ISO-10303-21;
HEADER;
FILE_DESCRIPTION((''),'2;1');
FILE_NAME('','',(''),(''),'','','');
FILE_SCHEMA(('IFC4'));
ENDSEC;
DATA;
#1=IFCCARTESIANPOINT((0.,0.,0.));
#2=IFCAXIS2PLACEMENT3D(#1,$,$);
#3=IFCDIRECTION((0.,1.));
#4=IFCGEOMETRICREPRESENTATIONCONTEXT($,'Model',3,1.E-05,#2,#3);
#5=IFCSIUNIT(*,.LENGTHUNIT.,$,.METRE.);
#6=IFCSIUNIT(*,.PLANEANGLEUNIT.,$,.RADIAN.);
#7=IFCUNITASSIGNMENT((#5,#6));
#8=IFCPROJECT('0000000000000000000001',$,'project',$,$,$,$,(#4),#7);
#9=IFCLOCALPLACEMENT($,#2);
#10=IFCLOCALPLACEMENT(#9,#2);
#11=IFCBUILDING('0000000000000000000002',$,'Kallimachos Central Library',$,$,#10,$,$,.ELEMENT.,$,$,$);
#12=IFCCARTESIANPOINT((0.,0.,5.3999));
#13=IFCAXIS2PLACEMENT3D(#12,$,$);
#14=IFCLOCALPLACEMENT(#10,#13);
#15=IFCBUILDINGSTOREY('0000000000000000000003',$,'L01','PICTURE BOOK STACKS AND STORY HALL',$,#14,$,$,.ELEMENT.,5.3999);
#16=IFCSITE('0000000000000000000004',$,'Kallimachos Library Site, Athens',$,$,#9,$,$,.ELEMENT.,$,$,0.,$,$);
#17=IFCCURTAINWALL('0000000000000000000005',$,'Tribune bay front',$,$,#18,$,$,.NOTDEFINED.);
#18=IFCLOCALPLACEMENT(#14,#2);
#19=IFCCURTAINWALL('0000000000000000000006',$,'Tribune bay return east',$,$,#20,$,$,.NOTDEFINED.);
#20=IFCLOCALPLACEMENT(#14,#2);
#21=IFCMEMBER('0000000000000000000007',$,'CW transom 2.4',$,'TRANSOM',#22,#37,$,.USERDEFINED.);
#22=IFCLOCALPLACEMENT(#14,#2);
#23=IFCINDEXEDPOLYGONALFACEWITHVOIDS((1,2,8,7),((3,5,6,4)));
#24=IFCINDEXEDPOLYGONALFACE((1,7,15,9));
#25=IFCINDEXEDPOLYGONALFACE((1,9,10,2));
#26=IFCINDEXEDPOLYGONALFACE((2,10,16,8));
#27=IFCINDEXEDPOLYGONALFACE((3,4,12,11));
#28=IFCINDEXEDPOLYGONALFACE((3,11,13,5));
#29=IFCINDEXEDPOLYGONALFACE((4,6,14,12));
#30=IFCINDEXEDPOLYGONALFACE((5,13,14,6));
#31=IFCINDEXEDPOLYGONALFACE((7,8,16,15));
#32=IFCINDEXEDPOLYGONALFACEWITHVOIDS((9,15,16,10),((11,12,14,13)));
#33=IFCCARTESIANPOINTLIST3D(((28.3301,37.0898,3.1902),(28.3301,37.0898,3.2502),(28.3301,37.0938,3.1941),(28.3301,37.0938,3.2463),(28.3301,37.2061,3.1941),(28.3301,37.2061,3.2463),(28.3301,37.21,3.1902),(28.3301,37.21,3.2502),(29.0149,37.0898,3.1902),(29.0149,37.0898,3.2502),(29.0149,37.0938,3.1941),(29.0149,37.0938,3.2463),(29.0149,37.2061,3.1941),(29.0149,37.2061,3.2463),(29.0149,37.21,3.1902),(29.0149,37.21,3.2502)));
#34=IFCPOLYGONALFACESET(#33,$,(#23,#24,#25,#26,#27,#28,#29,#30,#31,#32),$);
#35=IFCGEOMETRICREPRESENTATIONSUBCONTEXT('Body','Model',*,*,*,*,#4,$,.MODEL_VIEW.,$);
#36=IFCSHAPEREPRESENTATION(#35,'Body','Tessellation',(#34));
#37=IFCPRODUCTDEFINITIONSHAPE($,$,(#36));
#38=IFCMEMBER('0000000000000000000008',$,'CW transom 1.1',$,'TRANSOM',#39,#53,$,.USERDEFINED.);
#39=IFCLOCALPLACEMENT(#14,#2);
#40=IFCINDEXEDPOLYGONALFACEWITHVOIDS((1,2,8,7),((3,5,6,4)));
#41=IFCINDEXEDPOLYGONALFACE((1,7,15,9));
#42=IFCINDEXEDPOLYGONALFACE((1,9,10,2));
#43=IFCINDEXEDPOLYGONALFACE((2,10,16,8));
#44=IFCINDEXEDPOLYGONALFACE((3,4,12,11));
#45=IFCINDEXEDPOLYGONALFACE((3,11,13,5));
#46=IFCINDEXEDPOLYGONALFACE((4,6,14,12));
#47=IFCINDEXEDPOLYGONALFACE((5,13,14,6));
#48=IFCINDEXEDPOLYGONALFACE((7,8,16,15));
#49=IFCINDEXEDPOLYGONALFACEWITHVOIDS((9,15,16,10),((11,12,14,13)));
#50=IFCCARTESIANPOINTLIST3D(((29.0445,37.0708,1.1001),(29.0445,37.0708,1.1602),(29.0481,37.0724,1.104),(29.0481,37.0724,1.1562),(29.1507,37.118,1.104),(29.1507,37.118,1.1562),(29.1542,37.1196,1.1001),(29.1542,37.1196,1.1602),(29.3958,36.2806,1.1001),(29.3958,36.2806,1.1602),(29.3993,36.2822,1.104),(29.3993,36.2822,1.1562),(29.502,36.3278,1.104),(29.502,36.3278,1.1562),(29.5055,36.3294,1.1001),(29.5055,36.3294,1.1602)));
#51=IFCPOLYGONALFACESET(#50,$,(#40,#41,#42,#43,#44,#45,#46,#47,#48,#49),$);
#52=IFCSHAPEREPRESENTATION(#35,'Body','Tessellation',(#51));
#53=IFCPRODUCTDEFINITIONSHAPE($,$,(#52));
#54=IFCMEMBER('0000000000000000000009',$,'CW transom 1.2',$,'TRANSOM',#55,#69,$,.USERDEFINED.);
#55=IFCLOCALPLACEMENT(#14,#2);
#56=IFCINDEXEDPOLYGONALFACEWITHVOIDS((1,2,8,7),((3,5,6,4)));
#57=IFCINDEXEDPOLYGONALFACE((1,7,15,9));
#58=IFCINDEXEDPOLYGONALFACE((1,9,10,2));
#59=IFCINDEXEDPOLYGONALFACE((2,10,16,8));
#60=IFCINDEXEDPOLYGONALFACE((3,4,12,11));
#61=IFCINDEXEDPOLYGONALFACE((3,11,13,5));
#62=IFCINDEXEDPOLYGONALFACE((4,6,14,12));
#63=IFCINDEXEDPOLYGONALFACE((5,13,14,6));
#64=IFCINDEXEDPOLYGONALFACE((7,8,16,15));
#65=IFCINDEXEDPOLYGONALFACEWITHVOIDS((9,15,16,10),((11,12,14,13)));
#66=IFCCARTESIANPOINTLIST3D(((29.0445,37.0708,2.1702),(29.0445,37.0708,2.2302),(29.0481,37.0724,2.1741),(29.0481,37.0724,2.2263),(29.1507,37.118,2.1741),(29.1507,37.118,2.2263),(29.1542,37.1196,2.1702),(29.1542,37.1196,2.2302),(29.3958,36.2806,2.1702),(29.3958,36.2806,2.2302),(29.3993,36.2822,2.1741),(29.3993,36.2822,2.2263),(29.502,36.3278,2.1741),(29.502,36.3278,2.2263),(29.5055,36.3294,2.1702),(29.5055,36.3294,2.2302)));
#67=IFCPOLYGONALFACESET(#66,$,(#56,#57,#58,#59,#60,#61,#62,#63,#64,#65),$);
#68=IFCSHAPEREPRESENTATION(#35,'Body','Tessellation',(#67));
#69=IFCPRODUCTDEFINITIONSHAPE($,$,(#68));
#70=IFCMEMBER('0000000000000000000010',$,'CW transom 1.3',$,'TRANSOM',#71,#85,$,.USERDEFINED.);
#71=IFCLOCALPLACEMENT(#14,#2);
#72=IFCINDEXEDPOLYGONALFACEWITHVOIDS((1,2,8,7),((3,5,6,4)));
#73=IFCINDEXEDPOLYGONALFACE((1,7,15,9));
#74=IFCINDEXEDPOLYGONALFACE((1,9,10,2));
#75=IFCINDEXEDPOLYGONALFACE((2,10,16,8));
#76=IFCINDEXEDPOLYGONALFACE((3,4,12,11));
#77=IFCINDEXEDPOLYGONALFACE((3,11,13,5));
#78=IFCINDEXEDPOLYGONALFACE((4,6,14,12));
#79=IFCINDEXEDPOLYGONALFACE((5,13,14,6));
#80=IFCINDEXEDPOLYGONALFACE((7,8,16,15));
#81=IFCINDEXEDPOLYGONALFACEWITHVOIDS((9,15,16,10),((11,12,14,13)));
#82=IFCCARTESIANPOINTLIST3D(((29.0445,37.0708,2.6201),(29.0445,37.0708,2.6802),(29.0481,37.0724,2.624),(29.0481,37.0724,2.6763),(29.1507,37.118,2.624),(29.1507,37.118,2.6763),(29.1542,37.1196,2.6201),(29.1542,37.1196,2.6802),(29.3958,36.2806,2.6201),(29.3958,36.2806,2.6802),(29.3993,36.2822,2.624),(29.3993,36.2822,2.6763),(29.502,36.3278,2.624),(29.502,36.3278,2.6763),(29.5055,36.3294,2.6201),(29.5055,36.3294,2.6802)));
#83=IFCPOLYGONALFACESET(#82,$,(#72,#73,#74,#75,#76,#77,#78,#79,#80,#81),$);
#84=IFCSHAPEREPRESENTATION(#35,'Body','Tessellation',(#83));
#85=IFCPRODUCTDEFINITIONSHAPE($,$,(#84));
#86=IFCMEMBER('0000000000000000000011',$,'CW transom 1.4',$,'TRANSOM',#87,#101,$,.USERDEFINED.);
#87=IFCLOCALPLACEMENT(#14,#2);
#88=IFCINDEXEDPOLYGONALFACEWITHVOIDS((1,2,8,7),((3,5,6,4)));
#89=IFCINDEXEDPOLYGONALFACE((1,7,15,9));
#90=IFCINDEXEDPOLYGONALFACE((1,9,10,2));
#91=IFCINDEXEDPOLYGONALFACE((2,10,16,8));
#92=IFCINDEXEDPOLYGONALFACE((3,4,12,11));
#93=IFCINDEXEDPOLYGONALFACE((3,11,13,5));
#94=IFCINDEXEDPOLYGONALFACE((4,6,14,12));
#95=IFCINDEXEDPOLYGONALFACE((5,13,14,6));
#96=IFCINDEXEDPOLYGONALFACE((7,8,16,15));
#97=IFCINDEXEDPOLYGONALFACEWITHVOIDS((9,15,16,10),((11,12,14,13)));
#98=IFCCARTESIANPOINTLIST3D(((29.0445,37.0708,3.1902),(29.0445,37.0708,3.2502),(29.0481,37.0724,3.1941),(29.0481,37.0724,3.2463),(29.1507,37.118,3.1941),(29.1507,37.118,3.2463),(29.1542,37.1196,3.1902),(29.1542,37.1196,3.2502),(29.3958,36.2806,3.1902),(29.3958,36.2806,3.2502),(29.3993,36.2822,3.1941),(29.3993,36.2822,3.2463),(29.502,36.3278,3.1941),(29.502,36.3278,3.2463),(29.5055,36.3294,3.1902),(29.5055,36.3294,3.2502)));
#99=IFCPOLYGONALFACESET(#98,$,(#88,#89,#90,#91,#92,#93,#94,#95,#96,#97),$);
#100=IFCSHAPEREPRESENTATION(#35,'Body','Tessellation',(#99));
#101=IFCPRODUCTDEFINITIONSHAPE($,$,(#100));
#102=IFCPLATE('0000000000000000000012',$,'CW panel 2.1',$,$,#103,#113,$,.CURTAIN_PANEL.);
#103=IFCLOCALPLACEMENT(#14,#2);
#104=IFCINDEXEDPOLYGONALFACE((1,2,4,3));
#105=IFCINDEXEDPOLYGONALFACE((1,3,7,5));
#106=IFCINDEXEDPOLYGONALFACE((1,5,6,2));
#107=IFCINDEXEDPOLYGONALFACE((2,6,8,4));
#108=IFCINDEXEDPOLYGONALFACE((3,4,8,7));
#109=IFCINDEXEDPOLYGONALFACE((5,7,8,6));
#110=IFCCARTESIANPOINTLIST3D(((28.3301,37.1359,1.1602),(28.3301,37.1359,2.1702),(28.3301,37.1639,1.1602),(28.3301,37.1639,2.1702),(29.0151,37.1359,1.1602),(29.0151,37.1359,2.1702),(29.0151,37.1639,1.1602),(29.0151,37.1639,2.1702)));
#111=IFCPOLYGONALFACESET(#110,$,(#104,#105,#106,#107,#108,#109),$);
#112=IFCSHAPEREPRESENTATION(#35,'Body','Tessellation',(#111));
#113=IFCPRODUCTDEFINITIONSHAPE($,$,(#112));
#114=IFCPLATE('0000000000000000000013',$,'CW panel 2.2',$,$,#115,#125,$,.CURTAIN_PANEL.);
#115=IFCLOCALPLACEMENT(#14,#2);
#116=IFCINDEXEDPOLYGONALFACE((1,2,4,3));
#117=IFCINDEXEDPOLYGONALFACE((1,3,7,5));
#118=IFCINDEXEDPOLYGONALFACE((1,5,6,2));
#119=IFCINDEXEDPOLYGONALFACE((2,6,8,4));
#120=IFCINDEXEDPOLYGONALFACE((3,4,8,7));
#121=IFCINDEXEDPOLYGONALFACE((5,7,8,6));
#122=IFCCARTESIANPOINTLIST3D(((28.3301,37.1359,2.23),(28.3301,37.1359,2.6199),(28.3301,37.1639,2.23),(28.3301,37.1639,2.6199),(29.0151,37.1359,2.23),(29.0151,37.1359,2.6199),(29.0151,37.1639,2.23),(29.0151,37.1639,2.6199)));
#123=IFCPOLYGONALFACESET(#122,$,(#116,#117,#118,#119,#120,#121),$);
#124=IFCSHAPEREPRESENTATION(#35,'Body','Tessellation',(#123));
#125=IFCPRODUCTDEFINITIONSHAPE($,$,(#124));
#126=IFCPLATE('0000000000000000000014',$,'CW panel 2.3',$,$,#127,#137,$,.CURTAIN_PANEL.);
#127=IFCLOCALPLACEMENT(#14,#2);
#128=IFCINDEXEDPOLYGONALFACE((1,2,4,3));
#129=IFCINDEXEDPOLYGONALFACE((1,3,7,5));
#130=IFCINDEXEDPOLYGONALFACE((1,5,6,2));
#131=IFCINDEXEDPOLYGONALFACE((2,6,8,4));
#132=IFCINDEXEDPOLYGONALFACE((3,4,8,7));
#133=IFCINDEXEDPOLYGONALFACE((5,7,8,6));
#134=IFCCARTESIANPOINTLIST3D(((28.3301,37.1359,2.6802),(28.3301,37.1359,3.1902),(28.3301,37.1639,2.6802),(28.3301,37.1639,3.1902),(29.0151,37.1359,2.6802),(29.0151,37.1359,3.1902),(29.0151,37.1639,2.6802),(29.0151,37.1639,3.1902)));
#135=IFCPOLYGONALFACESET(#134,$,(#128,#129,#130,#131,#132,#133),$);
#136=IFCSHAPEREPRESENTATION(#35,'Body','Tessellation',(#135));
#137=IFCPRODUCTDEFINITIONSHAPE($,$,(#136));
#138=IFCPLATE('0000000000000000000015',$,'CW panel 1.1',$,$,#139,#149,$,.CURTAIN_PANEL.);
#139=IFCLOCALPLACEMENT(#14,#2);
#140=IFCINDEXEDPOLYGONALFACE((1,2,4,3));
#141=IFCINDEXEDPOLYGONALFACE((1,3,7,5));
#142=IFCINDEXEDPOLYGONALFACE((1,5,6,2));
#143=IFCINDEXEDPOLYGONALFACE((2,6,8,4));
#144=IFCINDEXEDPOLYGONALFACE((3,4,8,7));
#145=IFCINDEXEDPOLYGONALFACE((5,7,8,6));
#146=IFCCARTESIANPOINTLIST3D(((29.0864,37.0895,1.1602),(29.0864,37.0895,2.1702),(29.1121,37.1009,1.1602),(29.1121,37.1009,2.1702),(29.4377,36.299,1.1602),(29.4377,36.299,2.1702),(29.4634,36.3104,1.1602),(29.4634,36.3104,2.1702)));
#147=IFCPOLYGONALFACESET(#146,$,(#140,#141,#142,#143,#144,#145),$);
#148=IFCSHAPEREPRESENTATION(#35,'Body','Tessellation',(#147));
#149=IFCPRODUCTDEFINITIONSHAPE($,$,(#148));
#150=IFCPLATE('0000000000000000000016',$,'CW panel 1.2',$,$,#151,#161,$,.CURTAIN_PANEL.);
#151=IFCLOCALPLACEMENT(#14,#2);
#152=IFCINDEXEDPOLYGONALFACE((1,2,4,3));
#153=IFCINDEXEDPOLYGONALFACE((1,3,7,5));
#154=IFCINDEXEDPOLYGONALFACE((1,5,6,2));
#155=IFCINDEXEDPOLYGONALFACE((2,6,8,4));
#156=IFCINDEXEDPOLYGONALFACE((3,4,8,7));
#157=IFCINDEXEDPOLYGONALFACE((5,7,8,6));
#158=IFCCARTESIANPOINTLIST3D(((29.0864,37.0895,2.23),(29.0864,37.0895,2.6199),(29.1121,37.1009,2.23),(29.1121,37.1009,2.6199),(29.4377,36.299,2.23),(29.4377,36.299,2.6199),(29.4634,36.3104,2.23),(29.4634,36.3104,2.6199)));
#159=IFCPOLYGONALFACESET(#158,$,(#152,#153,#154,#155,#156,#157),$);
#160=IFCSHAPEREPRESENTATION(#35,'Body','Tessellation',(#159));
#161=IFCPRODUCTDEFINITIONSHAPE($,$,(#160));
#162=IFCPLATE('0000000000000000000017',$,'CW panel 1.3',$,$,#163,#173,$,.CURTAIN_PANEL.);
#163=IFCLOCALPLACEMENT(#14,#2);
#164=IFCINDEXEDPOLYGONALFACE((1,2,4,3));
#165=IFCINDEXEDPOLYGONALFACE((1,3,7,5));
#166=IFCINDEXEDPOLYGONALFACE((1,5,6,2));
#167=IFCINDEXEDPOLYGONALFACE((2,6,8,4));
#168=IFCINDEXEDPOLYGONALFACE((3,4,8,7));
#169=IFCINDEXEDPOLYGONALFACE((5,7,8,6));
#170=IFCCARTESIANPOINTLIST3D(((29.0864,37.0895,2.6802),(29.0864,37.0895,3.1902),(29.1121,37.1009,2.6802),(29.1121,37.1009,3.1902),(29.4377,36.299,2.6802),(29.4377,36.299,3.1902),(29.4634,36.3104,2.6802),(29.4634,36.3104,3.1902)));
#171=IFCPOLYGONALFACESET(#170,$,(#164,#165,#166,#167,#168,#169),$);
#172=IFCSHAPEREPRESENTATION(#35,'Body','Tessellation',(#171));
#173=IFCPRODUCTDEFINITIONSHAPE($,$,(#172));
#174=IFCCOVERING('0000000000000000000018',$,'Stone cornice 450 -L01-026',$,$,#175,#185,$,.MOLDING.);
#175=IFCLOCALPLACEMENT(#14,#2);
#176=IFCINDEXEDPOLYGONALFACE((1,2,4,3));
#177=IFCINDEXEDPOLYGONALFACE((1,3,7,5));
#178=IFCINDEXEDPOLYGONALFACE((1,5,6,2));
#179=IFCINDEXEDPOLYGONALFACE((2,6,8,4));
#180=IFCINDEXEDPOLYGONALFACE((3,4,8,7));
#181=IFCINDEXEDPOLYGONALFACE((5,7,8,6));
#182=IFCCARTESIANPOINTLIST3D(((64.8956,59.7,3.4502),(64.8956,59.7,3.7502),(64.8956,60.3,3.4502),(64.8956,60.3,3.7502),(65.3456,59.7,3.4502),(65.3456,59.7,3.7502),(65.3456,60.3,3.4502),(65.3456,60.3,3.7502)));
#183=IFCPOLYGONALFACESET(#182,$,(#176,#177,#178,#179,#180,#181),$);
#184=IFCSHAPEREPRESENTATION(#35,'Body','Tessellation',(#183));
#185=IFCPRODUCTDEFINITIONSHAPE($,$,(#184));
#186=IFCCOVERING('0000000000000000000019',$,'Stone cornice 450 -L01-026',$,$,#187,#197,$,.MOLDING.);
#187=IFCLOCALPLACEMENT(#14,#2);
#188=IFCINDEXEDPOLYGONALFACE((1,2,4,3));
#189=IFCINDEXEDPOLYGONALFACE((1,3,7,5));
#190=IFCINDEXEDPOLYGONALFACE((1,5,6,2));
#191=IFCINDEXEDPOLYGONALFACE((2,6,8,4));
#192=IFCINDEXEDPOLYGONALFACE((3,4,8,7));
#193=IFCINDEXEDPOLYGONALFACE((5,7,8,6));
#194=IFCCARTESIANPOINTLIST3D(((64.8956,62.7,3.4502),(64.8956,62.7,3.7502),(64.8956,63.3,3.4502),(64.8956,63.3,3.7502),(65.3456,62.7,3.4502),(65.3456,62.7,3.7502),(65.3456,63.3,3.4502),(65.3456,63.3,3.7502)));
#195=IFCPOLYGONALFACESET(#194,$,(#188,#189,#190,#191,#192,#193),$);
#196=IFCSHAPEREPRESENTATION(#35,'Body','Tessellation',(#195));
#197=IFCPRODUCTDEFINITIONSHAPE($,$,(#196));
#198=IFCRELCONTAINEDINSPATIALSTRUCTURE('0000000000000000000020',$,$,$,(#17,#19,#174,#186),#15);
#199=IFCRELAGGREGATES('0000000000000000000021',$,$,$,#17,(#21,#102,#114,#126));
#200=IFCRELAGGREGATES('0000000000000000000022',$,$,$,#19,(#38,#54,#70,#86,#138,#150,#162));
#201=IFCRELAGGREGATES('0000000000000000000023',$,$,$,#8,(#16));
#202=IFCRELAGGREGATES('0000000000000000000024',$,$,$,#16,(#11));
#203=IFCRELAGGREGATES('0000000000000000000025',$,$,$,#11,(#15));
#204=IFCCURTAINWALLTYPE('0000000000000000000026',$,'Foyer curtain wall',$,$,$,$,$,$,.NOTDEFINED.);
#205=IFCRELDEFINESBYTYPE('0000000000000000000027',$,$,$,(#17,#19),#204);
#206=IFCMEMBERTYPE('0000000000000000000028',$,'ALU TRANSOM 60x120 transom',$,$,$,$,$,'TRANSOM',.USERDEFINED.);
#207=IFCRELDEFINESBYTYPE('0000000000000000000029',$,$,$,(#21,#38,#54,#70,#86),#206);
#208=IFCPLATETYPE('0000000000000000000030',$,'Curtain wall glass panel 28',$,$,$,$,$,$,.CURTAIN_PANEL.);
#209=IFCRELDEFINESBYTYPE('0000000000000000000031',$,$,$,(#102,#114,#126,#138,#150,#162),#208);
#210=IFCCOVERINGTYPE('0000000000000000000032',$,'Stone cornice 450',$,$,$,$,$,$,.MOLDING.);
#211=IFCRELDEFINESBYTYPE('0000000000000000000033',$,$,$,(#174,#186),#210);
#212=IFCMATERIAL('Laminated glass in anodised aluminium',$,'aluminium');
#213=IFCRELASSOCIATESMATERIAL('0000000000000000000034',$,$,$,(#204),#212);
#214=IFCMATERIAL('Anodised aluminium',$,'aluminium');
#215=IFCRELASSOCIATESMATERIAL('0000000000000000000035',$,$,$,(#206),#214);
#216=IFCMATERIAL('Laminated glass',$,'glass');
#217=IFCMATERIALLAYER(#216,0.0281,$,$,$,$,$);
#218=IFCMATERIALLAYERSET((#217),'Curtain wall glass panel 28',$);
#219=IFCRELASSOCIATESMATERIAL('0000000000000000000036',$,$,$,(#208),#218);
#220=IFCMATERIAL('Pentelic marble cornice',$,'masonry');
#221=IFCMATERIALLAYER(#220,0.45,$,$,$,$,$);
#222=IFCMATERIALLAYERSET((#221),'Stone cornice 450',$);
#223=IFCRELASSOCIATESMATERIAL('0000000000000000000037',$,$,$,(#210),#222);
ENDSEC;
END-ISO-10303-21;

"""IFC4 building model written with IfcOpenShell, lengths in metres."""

from ifc_helpers import new_model, si_unit, direction, frame, origin, origin_2d, place, context, subcontext, project, spatial, rectangle, hollow_rectangle, extrude, material, layer, layer_set, material_profile, profile_set, type_object, element, aggregate, save


model = new_model("IFC4")

# Units and contexts
model_context = context("Model", 3, precision=1e-05, world=origin(), true_north=direction((0.0, 1.0)))
body_context = subcontext(model_context, "Body", "Model", "MODEL_VIEW")
ifc_project = project(units=[si_unit("LENGTHUNIT", "METRE"), si_unit("PLANEANGLEUNIT", "RADIAN")], contexts=[model_context])

# Site, building, storey
site_placement = place(None, origin())
site = spatial("IfcSite", under=ifc_project, at=site_placement, Name="Kallimachos Library Site, Athens", CompositionType="ELEMENT", RefElevation=0.0)
building_placement = place(site_placement, origin())
building = spatial("IfcBuilding", under=site, at=building_placement, Name="Kallimachos Central Library", CompositionType="ELEMENT")
storey_placement = place(building_placement, frame((0.0, 0.0, 5.3999)))
storey = spatial("IfcBuildingStorey", under=building, at=storey_placement, Name="L01", Description="PICTURE BOOK STACKS AND STORY HALL", CompositionType="ELEMENT", Elevation=5.3999)

# Curtain wall
ifc_material_1 = material(Name="Laminated glass in anodised aluminium", Category="aluminium")
curtain_wall_type = type_object("IfcCurtainWallType", Name="Foyer curtain wall", PredefinedType="NOTDEFINED", material=ifc_material_1)
curtain_wall_1_placement = place(storey_placement, origin())
curtain_wall_1 = element("IfcCurtainWall", 1, at=curtain_wall_1_placement, inside=storey, type_object=curtain_wall_type, Name="Tribune bay front", PredefinedType="NOTDEFINED")

# Curtain wall
curtain_wall_2_placement = place(storey_placement, origin())
curtain_wall_2 = element("IfcCurtainWall", 2, at=curtain_wall_2_placement, inside=storey, type_object=curtain_wall_type, Name="Tribune bay return east", PredefinedType="NOTDEFINED")

# Members
ifc_material_2 = material(Name="Anodised aluminium", Category="aluminium")
ifc_material_profile_1 = material_profile(ifc_material_2, hollow_rectangle(XDim=0.0601, YDim=0.1201, WallThickness=0.0039, at=origin_2d()), Name="ALU TRANSOM 60x120")
ifc_profile_set_1 = profile_set([ifc_material_profile_1], Name="Anodised aluminium")
member_type_1 = type_object("IfcMemberType", Name="ALU TRANSOM 60x120 transom", ElementType="TRANSOM", PredefinedType="USERDEFINED", material=ifc_profile_set_1)
member_1_placement = place(storey_placement, frame((28.3301, 37.1499, 3.2202), z_axis=(1.0, 0.0, 0.0), x_axis=(0.0, 0.0, 1.0)))
member_1 = element("IfcMember", 3, at=member_1_placement, type_object=member_type_1, Name="CW transom 2.4", ObjectType="TRANSOM", PredefinedType="USERDEFINED", context=body_context, shape_type="SweptSolid", body=[
    extrude(hollow_rectangle(XDim=0.0601, YDim=0.1201, WallThickness=0.0039, at=origin_2d()), origin(), (0.0, 0.0, 1.0), 0.6848),
])
member_2_placement = place(storey_placement, frame((29.0994, 37.0952, 1.1301), z_axis=(0.406217, -0.913777, 0.0), x_axis=(0.0, 0.0, 1.0)))
member_2 = element("IfcMember", 4, at=member_2_placement, type_object=member_type_1, Name="CW transom 1.1", ObjectType="TRANSOM", PredefinedType="USERDEFINED", context=body_context, shape_type="SweptSolid", body=[
    extrude(hollow_rectangle(XDim=0.0601, YDim=0.1201, WallThickness=0.0039, at=origin_2d()), origin(), (0.0, 0.0, 1.0), 0.8647),
])
member_3_placement = place(storey_placement, frame((29.0994, 37.0952, 2.2002), z_axis=(0.406217, -0.913777, 0.0), x_axis=(0.0, 0.0, 1.0)))
member_3 = element("IfcMember", 5, at=member_3_placement, type_object=member_type_1, Name="CW transom 1.2", ObjectType="TRANSOM", PredefinedType="USERDEFINED", context=body_context, shape_type="SweptSolid", body=[
    extrude(hollow_rectangle(XDim=0.0601, YDim=0.1201, WallThickness=0.0039, at=origin_2d()), origin(), (0.0, 0.0, 1.0), 0.8647),
])
member_4_placement = place(storey_placement, frame((29.0994, 37.0952, 2.6501), z_axis=(0.406217, -0.913777, 0.0), x_axis=(0.0, 0.0, 1.0)))
member_4 = element("IfcMember", 6, at=member_4_placement, type_object=member_type_1, Name="CW transom 1.3", ObjectType="TRANSOM", PredefinedType="USERDEFINED", context=body_context, shape_type="SweptSolid", body=[
    extrude(hollow_rectangle(XDim=0.0601, YDim=0.1201, WallThickness=0.0039, at=origin_2d()), origin(), (0.0, 0.0, 1.0), 0.8647),
])
member_5_placement = place(storey_placement, frame((29.0994, 37.0952, 3.2202), z_axis=(0.406217, -0.913777, 0.0), x_axis=(0.0, 0.0, 1.0)))
member_5 = element("IfcMember", 7, at=member_5_placement, type_object=member_type_1, Name="CW transom 1.4", ObjectType="TRANSOM", PredefinedType="USERDEFINED", context=body_context, shape_type="SweptSolid", body=[
    extrude(hollow_rectangle(XDim=0.0601, YDim=0.1201, WallThickness=0.0039, at=origin_2d()), origin(), (0.0, 0.0, 1.0), 0.8647),
])

# Plates
ifc_material_3 = material(Name="Laminated glass", Category="glass")
ifc_layer_1 = layer(ifc_material_3, 0.0281)
ifc_layer_set_1 = layer_set([ifc_layer_1], Name="Curtain wall glass panel 28")
plate_type = type_object("IfcPlateType", Name="Curtain wall glass panel 28", PredefinedType="CURTAIN_PANEL", material=ifc_layer_set_1)
plate_1_placement = place(storey_placement, frame((28.6726, 37.1499, 1.1602), z_axis=(0.0, 0.0, 1.0), x_axis=(1.0, 0.0, 0.0)))
plate_1 = element("IfcPlate", 8, at=plate_1_placement, type_object=plate_type, Name="CW panel 2.1", PredefinedType="CURTAIN_PANEL", context=body_context, shape_type="SweptSolid", body=[
    extrude(rectangle(XDim=0.6851, YDim=0.0281, at=origin_2d()), origin(), (0.0, 0.0, 1.0), 1.01),
])
plate_2_placement = place(storey_placement, frame((28.6726, 37.1499, 2.23), z_axis=(0.0, 0.0, 1.0), x_axis=(1.0, 0.0, 0.0)))
plate_2 = element("IfcPlate", 9, at=plate_2_placement, type_object=plate_type, Name="CW panel 2.2", PredefinedType="CURTAIN_PANEL", context=body_context, shape_type="SweptSolid", body=[
    extrude(rectangle(XDim=0.6851, YDim=0.0281, at=origin_2d()), origin(), (0.0, 0.0, 1.0), 0.3899),
])
plate_3_placement = place(storey_placement, frame((28.6726, 37.1499, 2.6802), z_axis=(0.0, 0.0, 1.0), x_axis=(1.0, 0.0, 0.0)))
plate_3 = element("IfcPlate", 10, at=plate_3_placement, type_object=plate_type, Name="CW panel 2.3", PredefinedType="CURTAIN_PANEL", context=body_context, shape_type="SweptSolid", body=[
    extrude(rectangle(XDim=0.6851, YDim=0.0281, at=origin_2d()), origin(), (0.0, 0.0, 1.0), 0.51),
])
aggregate(curtain_wall_1, [member_1, plate_1, plate_2, plate_3])
plate_4_placement = place(storey_placement, frame((29.2749, 36.7, 1.1602), z_axis=(0.0, 0.0, 1.0), x_axis=(0.406138, -0.913812, 0.0)))
plate_4 = element("IfcPlate", 11, at=plate_4_placement, type_object=plate_type, Name="CW panel 1.1", PredefinedType="CURTAIN_PANEL", context=body_context, shape_type="SweptSolid", body=[
    extrude(rectangle(XDim=0.865, YDim=0.0281, at=origin_2d()), origin(), (0.0, 0.0, 1.0), 1.01),
])
plate_5_placement = place(storey_placement, frame((29.2749, 36.7, 2.23), z_axis=(0.0, 0.0, 1.0), x_axis=(0.406138, -0.913812, 0.0)))
plate_5 = element("IfcPlate", 12, at=plate_5_placement, type_object=plate_type, Name="CW panel 1.2", PredefinedType="CURTAIN_PANEL", context=body_context, shape_type="SweptSolid", body=[
    extrude(rectangle(XDim=0.865, YDim=0.0281, at=origin_2d()), origin(), (0.0, 0.0, 1.0), 0.3899),
])
plate_6_placement = place(storey_placement, frame((29.2749, 36.7, 2.6802), z_axis=(0.0, 0.0, 1.0), x_axis=(0.406138, -0.913812, 0.0)))
plate_6 = element("IfcPlate", 13, at=plate_6_placement, type_object=plate_type, Name="CW panel 1.3", PredefinedType="CURTAIN_PANEL", context=body_context, shape_type="SweptSolid", body=[
    extrude(rectangle(XDim=0.865, YDim=0.0281, at=origin_2d()), origin(), (0.0, 0.0, 1.0), 0.51),
])
aggregate(curtain_wall_2, [member_2, member_3, member_4, member_5, plate_4, plate_5, plate_6])

# Coverings
ifc_material_4 = material(Name="Pentelic marble cornice", Category="masonry")
ifc_layer_2 = layer(ifc_material_4, 0.45)
ifc_layer_set_2 = layer_set([ifc_layer_2], Name="Stone cornice 450")
covering_type = type_object("IfcCoveringType", Name="Stone cornice 450", PredefinedType="MOLDING", material=ifc_layer_set_2)
for number, where, z_axis, x_axis, name in (
    (14, (65.1206, 60.0, 3.4502), (0.0, 0.0, 1.0), (1.0, 0.0, 0.0), "Stone cornice 450 -L01-026"),
    (15, (65.1206, 63.0, 3.4502), (0.0, 0.0, 1.0), (1.0, 0.0, 0.0), "Stone cornice 450 -L01-026"),
):
    element("IfcCovering", number, at=place(storey_placement, frame(where, z_axis=z_axis, x_axis=x_axis)), inside=storey, type_object=covering_type, Name=name, PredefinedType="MOLDING", context=body_context, shape_type="SweptSolid", body=[
        extrude(rectangle(XDim=0.45, YDim=0.6001, at=origin_2d()), origin(), (0.0, 0.0, 1.0), 0.3),
    ])

save(model, "model.ifc")
